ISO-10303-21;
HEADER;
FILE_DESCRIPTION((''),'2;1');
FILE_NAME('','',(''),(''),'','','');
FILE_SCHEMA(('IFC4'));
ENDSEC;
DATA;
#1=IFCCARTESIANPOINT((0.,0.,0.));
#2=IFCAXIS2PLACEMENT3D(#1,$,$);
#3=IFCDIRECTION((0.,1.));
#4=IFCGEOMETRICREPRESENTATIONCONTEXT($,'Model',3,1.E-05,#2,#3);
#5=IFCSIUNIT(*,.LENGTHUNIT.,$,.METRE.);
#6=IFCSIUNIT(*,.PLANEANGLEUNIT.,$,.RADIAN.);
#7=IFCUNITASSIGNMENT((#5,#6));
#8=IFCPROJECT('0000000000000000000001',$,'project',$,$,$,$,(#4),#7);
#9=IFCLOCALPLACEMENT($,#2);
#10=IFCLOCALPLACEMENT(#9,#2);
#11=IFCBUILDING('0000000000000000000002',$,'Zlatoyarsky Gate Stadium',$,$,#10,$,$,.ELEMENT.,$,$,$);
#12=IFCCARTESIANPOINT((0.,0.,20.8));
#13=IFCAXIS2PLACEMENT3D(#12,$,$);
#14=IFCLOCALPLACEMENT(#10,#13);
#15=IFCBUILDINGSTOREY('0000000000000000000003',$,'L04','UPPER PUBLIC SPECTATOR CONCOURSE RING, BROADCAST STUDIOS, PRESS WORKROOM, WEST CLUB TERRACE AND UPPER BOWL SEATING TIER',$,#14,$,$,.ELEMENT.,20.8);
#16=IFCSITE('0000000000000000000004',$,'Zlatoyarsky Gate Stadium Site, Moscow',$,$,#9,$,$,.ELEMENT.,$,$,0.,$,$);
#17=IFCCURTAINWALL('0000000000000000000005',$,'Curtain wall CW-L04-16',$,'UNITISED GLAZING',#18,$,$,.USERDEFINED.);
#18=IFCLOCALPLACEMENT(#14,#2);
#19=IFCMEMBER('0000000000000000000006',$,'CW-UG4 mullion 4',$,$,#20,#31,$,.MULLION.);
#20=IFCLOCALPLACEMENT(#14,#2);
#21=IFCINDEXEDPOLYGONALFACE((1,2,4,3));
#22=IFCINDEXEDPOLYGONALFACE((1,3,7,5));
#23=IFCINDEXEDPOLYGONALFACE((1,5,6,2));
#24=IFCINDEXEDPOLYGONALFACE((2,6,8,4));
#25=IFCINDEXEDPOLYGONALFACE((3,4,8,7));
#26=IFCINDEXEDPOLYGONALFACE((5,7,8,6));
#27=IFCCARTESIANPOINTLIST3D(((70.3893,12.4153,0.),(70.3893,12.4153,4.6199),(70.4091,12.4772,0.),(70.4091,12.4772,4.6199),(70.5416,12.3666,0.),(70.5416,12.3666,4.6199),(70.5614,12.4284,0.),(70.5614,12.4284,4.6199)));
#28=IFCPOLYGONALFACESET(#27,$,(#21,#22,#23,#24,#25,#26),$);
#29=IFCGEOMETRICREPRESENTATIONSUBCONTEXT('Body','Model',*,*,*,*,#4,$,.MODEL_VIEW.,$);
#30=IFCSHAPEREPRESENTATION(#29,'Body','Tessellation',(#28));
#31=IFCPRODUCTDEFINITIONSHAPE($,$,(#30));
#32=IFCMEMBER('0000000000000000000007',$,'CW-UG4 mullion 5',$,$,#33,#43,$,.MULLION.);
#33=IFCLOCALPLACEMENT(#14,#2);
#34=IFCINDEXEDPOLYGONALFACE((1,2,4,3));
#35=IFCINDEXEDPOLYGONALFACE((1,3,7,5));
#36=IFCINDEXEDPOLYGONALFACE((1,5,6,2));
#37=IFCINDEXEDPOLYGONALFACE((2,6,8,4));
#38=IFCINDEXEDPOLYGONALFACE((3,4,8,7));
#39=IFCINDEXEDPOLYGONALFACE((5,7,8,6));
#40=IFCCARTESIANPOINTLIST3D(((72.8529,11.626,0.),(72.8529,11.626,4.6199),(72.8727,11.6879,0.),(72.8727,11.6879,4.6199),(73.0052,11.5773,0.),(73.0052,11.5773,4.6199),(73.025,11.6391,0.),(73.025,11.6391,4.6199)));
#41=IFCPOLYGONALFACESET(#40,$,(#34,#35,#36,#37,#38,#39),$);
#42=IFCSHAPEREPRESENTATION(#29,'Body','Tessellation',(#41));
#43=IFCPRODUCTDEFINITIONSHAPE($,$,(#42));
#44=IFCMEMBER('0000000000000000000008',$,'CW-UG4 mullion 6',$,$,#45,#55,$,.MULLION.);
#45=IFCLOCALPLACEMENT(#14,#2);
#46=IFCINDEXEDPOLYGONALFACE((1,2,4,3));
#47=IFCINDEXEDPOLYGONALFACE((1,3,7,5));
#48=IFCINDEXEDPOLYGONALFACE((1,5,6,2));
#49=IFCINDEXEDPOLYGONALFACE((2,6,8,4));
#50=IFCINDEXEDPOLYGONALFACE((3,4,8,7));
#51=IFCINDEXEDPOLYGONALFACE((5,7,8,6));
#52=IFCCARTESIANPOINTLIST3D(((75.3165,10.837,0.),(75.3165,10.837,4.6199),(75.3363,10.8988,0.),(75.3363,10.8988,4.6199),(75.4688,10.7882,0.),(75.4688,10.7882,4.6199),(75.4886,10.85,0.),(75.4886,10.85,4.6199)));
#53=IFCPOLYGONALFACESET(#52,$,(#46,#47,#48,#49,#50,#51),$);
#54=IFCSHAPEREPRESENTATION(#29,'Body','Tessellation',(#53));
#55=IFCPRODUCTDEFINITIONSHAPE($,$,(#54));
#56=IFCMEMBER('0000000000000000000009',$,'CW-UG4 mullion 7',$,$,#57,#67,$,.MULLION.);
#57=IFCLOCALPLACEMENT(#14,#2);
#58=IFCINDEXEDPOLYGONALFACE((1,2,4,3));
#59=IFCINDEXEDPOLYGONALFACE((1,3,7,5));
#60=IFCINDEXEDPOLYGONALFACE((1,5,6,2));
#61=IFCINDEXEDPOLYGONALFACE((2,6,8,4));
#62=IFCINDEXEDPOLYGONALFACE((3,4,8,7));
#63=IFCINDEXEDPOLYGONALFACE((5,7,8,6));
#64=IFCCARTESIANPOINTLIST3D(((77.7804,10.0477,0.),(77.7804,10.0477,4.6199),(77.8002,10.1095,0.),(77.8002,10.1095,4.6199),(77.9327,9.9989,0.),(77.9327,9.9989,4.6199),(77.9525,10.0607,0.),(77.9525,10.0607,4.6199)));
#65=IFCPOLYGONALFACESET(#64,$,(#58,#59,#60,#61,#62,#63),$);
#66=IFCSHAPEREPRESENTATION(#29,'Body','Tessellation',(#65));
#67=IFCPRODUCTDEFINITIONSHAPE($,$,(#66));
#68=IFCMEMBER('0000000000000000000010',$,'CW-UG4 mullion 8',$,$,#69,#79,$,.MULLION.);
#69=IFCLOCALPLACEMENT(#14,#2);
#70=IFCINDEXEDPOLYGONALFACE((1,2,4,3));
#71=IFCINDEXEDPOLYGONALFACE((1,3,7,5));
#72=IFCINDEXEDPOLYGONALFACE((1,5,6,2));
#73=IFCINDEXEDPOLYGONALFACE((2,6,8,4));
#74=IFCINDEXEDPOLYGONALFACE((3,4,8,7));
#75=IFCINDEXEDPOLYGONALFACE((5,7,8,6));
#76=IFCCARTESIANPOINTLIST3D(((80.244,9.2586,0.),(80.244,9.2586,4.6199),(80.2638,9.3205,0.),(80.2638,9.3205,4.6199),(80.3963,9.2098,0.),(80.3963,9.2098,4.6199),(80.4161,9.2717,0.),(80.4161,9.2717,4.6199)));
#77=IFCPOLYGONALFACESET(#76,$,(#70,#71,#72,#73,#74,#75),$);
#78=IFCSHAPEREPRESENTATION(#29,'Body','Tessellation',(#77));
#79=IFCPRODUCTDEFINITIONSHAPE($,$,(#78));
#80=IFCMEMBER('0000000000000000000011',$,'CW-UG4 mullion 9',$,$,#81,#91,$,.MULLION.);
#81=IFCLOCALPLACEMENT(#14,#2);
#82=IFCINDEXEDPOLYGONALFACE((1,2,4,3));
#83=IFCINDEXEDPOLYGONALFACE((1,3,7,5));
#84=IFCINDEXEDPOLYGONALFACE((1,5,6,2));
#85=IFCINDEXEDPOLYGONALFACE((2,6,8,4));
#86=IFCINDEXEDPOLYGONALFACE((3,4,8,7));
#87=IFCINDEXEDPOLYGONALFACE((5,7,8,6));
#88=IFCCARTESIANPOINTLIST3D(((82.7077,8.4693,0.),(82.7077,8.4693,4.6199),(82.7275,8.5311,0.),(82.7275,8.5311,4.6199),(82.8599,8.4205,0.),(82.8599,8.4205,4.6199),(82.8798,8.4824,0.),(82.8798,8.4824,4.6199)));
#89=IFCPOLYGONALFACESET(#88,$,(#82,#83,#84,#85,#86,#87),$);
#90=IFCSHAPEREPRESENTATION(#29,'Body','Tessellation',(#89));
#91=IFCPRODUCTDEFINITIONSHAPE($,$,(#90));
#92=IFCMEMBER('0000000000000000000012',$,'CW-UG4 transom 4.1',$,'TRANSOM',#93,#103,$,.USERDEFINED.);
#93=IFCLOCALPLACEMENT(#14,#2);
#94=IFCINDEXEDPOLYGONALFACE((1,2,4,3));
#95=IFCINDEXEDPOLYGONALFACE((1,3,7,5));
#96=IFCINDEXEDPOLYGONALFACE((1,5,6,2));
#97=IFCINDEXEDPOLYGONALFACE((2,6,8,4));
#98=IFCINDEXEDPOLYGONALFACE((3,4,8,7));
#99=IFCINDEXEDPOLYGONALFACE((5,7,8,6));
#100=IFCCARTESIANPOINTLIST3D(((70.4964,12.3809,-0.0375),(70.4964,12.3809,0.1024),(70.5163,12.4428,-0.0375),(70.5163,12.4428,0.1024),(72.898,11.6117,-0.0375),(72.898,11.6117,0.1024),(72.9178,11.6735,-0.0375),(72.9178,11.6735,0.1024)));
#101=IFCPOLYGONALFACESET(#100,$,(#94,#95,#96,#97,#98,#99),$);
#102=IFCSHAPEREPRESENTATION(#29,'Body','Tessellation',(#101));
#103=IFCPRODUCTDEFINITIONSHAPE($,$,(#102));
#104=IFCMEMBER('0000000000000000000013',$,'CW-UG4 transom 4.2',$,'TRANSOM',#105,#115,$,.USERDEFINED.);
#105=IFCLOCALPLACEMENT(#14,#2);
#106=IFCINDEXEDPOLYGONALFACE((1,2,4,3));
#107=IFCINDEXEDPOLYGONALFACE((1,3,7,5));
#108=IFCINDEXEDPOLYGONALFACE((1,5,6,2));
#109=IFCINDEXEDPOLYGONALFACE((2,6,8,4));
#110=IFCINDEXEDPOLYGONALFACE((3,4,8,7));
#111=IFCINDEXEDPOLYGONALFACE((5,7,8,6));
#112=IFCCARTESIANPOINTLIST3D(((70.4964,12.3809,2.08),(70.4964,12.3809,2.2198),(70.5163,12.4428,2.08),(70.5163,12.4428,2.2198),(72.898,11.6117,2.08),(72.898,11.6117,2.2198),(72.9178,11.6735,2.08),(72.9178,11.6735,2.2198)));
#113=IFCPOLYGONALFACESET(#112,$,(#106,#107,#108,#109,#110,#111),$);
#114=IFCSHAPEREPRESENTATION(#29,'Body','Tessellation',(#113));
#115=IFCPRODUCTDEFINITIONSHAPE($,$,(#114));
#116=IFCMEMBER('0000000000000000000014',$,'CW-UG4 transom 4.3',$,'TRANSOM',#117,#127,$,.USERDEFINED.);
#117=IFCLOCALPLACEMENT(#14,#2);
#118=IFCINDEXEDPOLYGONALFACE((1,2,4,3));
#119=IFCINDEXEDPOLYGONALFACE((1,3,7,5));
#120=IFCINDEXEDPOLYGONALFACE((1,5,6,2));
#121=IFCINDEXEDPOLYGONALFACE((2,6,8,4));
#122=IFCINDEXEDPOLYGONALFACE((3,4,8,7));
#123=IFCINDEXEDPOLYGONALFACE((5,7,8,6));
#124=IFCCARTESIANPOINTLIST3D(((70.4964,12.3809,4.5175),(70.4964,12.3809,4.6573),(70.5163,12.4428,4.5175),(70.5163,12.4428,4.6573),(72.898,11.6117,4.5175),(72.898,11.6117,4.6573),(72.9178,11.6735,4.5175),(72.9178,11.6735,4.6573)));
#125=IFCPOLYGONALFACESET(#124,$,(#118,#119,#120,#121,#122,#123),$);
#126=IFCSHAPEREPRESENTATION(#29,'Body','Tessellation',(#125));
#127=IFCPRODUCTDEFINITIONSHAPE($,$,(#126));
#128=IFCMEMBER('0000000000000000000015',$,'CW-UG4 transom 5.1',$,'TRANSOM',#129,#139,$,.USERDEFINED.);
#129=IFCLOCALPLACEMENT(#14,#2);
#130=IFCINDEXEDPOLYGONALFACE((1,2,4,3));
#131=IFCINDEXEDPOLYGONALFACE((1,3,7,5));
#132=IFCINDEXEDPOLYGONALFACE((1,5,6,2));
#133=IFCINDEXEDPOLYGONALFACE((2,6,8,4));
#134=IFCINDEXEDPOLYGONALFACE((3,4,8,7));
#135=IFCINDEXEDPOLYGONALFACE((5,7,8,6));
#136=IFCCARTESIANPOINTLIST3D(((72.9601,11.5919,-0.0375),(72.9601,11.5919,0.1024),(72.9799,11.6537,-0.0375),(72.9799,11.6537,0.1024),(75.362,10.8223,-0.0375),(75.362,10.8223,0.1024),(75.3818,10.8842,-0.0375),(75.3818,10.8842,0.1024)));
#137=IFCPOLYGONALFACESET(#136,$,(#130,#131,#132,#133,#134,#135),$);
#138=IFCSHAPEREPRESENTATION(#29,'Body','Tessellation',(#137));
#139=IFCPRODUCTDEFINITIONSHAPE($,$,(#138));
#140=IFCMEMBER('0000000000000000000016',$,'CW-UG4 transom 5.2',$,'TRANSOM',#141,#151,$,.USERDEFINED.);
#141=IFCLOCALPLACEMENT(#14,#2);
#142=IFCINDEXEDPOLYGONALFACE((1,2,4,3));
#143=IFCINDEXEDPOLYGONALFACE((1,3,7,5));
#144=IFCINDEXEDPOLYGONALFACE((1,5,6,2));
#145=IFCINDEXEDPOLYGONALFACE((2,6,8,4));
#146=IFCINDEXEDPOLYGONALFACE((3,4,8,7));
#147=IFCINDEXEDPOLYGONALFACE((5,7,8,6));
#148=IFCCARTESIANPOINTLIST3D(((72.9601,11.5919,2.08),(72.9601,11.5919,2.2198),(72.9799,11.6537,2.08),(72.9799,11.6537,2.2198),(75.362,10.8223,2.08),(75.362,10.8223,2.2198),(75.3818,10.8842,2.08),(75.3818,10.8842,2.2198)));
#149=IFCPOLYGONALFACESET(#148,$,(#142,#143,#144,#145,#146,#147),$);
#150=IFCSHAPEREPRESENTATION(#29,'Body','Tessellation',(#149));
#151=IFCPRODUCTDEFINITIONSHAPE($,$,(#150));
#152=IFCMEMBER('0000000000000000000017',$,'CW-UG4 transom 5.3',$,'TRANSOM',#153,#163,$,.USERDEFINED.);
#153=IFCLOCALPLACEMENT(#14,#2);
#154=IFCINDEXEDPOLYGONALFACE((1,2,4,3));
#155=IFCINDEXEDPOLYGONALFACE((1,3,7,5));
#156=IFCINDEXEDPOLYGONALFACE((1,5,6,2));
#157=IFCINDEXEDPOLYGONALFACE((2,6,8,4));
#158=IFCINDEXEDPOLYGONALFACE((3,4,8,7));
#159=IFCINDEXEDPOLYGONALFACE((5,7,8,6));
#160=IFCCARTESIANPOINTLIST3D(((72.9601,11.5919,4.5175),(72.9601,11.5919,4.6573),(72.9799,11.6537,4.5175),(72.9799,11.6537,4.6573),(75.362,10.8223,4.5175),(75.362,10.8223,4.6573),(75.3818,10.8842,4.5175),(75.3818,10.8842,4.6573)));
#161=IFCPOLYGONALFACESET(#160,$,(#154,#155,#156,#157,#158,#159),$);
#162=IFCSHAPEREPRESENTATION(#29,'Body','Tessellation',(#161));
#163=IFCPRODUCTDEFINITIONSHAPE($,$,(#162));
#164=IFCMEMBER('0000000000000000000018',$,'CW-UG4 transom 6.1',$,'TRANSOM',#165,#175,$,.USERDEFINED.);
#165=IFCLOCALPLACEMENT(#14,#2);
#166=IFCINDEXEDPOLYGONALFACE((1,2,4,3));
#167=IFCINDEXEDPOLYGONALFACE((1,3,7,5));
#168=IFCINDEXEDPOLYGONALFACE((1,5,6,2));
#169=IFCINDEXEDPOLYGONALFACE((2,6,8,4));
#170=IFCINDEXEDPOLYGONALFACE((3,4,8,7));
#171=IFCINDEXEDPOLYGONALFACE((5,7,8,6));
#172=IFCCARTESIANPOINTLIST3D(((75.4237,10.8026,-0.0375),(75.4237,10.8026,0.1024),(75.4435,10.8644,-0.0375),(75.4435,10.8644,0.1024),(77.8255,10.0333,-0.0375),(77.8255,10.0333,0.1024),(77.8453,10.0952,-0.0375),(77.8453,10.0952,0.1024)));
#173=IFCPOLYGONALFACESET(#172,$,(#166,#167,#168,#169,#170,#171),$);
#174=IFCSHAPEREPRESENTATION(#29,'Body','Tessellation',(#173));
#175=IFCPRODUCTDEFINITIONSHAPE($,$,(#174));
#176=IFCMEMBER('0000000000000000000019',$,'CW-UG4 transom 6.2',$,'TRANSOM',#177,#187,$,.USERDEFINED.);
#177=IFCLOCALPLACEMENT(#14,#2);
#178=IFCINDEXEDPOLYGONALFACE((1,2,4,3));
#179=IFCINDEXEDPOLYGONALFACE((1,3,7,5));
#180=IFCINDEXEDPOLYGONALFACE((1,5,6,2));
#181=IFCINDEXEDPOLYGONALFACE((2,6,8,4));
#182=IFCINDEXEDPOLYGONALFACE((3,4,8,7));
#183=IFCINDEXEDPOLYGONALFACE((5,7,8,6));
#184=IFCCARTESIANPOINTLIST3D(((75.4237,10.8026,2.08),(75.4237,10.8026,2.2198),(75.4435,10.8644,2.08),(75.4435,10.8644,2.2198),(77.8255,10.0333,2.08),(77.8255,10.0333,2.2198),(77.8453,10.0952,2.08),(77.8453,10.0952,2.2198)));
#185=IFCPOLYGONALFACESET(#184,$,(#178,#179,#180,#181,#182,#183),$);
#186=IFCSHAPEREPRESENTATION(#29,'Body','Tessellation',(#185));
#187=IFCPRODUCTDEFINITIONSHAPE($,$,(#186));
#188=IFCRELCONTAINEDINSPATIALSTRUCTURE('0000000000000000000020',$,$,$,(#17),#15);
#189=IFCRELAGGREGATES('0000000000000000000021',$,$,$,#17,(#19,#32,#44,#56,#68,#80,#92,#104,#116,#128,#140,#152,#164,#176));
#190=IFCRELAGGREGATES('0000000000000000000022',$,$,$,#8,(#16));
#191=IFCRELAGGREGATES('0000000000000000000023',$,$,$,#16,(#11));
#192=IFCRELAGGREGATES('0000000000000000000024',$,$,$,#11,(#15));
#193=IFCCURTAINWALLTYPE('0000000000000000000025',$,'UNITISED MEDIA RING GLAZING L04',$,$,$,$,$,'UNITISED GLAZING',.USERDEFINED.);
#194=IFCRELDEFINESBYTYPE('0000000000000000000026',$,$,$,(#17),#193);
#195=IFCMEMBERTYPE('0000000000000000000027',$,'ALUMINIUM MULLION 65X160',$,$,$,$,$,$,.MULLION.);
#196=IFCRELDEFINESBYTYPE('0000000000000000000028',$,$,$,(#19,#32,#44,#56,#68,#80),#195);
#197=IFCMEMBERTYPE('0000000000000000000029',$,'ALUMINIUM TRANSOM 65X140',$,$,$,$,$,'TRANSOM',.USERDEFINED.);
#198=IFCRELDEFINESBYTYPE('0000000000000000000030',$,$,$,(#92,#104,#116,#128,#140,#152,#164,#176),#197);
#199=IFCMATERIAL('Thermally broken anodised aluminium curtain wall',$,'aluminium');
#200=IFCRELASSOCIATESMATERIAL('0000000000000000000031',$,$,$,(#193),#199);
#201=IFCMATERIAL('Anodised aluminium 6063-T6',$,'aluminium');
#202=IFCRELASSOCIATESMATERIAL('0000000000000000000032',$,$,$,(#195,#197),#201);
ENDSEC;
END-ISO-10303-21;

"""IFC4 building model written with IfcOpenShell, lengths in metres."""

from ifc_helpers import new_model, si_unit, direction, frame, origin, origin_2d, place, context, subcontext, project, spatial, rectangle, extrude, material, material_profile, profile_set, type_object, element, aggregate, save


model = new_model("IFC4")

# Units and contexts
model_context = context("Model", 3, precision=1e-05, world=origin(), true_north=direction((0.0, 1.0)))
body_context = subcontext(model_context, "Body", "Model", "MODEL_VIEW")
ifc_project = project(units=[si_unit("LENGTHUNIT", "METRE"), si_unit("PLANEANGLEUNIT", "RADIAN")], contexts=[model_context])

# Site, building, storey
site_placement = place(None, origin())
site = spatial("IfcSite", under=ifc_project, at=site_placement, Name="Zlatoyarsky Gate Stadium Site, Moscow", CompositionType="ELEMENT", RefElevation=0.0)
building_placement = place(site_placement, origin())
building = spatial("IfcBuilding", under=site, at=building_placement, Name="Zlatoyarsky Gate Stadium", CompositionType="ELEMENT")
storey_placement = place(building_placement, frame((0.0, 0.0, 20.8)))
storey = spatial("IfcBuildingStorey", under=building, at=storey_placement, Name="L04", Description="UPPER PUBLIC SPECTATOR CONCOURSE RING, BROADCAST STUDIOS, PRESS WORKROOM, WEST CLUB TERRACE AND UPPER BOWL SEATING TIER", CompositionType="ELEMENT", Elevation=20.8)

# Curtain wall, members
ifc_material_1 = material(Name="Thermally broken anodised aluminium curtain wall", Category="aluminium")
curtain_wall_type = type_object("IfcCurtainWallType", Name="UNITISED MEDIA RING GLAZING L04", ElementType="UNITISED GLAZING", PredefinedType="USERDEFINED", material=ifc_material_1)
curtain_wall_placement = place(storey_placement, origin())
curtain_wall = element("IfcCurtainWall", 1, at=curtain_wall_placement, inside=storey, type_object=curtain_wall_type, Name="Curtain wall CW-L04-16", ObjectType="UNITISED GLAZING", PredefinedType="USERDEFINED")
ifc_material_2 = material(Name="Anodised aluminium 6063-T6", Category="aluminium")
ifc_material_profile_1 = material_profile(ifc_material_2, rectangle(XDim=0.0649, YDim=0.1599, at=origin_2d()), Name="ALU 65X160")
ifc_profile_set_1 = profile_set([ifc_material_profile_1], Name="Anodised aluminium 6063-T6")
member_type_1 = type_object("IfcMemberType", Name="ALUMINIUM MULLION 65X160", PredefinedType="MULLION", material=ifc_profile_set_1)
member_1_placement = place(storey_placement, frame((70.4753, 12.4219, 0.0), z_axis=(0.0, 0.0, 1.0), x_axis=(0.305066, 0.952331, 0.0)))
member_1 = element("IfcMember", 2, at=member_1_placement, type_object=member_type_1, Name="CW-UG4 mullion 4", PredefinedType="MULLION", context=body_context, shape_type="SweptSolid", body=[
    extrude(rectangle(XDim=0.0649, YDim=0.1599, at=origin_2d()), origin(), (0.0, 0.0, 1.0), 4.6199),
])
member_2_placement = place(storey_placement, frame((72.939, 11.6326, 0.0), z_axis=(0.0, 0.0, 1.0), x_axis=(0.305066, 0.952331, 0.0)))
member_2 = element("IfcMember", 3, at=member_2_placement, type_object=member_type_1, Name="CW-UG4 mullion 5", PredefinedType="MULLION", context=body_context, shape_type="SweptSolid", body=[
    extrude(rectangle(XDim=0.0649, YDim=0.1599, at=origin_2d()), origin(), (0.0, 0.0, 1.0), 4.6199),
])
member_3_placement = place(storey_placement, frame((75.4026, 10.8435, 0.0), z_axis=(0.0, 0.0, 1.0), x_axis=(0.305066, 0.952331, 0.0)))
member_3 = element("IfcMember", 4, at=member_3_placement, type_object=member_type_1, Name="CW-UG4 mullion 6", PredefinedType="MULLION", context=body_context, shape_type="SweptSolid", body=[
    extrude(rectangle(XDim=0.0649, YDim=0.1599, at=origin_2d()), origin(), (0.0, 0.0, 1.0), 4.6199),
])
member_4_placement = place(storey_placement, frame((77.8665, 10.0542, 0.0), z_axis=(0.0, 0.0, 1.0), x_axis=(0.305066, 0.952331, 0.0)))
member_4 = element("IfcMember", 5, at=member_4_placement, type_object=member_type_1, Name="CW-UG4 mullion 7", PredefinedType="MULLION", context=body_context, shape_type="SweptSolid", body=[
    extrude(rectangle(XDim=0.0649, YDim=0.1599, at=origin_2d()), origin(), (0.0, 0.0, 1.0), 4.6199),
])
member_5_placement = place(storey_placement, frame((80.3301, 9.2651, 0.0), z_axis=(0.0, 0.0, 1.0), x_axis=(0.305066, 0.952331, 0.0)))
member_5 = element("IfcMember", 6, at=member_5_placement, type_object=member_type_1, Name="CW-UG4 mullion 8", PredefinedType="MULLION", context=body_context, shape_type="SweptSolid", body=[
    extrude(rectangle(XDim=0.0649, YDim=0.1599, at=origin_2d()), origin(), (0.0, 0.0, 1.0), 4.6199),
])
member_6_placement = place(storey_placement, frame((82.7937, 8.4758, 0.0), z_axis=(0.0, 0.0, 1.0), x_axis=(0.305066, 0.952331, 0.0)))
member_6 = element("IfcMember", 7, at=member_6_placement, type_object=member_type_1, Name="CW-UG4 mullion 9", PredefinedType="MULLION", context=body_context, shape_type="SweptSolid", body=[
    extrude(rectangle(XDim=0.0649, YDim=0.1599, at=origin_2d()), origin(), (0.0, 0.0, 1.0), 4.6199),
])
ifc_material_profile_2 = material_profile(ifc_material_2, rectangle(XDim=0.0649, YDim=0.1399, at=origin_2d()), Name="ALU 65X140")
ifc_profile_set_2 = profile_set([ifc_material_profile_2], Name="Anodised aluminium 6063-T6")
member_type_2 = type_object("IfcMemberType", Name="ALUMINIUM TRANSOM 65X140", ElementType="TRANSOM", PredefinedType="USERDEFINED", material=ifc_profile_set_2)
member_7_placement = place(storey_placement, frame((70.5063, 12.4119, 0.0325), z_axis=(0.952335, -0.305053, 0.0), x_axis=(0.305053, 0.952335, 0.0)))
member_7 = element("IfcMember", 8, at=member_7_placement, type_object=member_type_2, Name="CW-UG4 transom 4.1", ObjectType="TRANSOM", PredefinedType="USERDEFINED", context=body_context, shape_type="SweptSolid", body=[
    extrude(rectangle(XDim=0.0649, YDim=0.1399, at=origin_2d()), origin(), (0.0, 0.0, 1.0), 2.5217),
])
member_8_placement = place(storey_placement, frame((70.5063, 12.4119, 2.1499), z_axis=(0.952335, -0.305053, 0.0), x_axis=(0.305053, 0.952335, 0.0)))
member_8 = element("IfcMember", 9, at=member_8_placement, type_object=member_type_2, Name="CW-UG4 transom 4.2", ObjectType="TRANSOM", PredefinedType="USERDEFINED", context=body_context, shape_type="SweptSolid", body=[
    extrude(rectangle(XDim=0.0649, YDim=0.1399, at=origin_2d()), origin(), (0.0, 0.0, 1.0), 2.5217),
])
member_9_placement = place(storey_placement, frame((70.5063, 12.4119, 4.5874), z_axis=(0.952335, -0.305053, 0.0), x_axis=(0.305053, 0.952335, 0.0)))
member_9 = element("IfcMember", 10, at=member_9_placement, type_object=member_type_2, Name="CW-UG4 transom 4.3", ObjectType="TRANSOM", PredefinedType="USERDEFINED", context=body_context, shape_type="SweptSolid", body=[
    extrude(rectangle(XDim=0.0649, YDim=0.1399, at=origin_2d()), origin(), (0.0, 0.0, 1.0), 2.5217),
])
member_10_placement = place(storey_placement, frame((72.97, 11.6228, 0.0325), z_axis=(0.952316, -0.305113, 0.0), x_axis=(0.305113, 0.952316, 0.0)))
member_10 = element("IfcMember", 11, at=member_10_placement, type_object=member_type_2, Name="CW-UG4 transom 5.1", ObjectType="TRANSOM", PredefinedType="USERDEFINED", context=body_context, shape_type="SweptSolid", body=[
    extrude(rectangle(XDim=0.0649, YDim=0.1399, at=origin_2d()), origin(), (0.0, 0.0, 1.0), 2.5222),
])
member_11_placement = place(storey_placement, frame((72.97, 11.6228, 2.1499), z_axis=(0.952316, -0.305113, 0.0), x_axis=(0.305113, 0.952316, 0.0)))
member_11 = element("IfcMember", 12, at=member_11_placement, type_object=member_type_2, Name="CW-UG4 transom 5.2", ObjectType="TRANSOM", PredefinedType="USERDEFINED", context=body_context, shape_type="SweptSolid", body=[
    extrude(rectangle(XDim=0.0649, YDim=0.1399, at=origin_2d()), origin(), (0.0, 0.0, 1.0), 2.5222),
])
member_12_placement = place(storey_placement, frame((72.97, 11.6228, 4.5874), z_axis=(0.952316, -0.305113, 0.0), x_axis=(0.305113, 0.952316, 0.0)))
member_12 = element("IfcMember", 13, at=member_12_placement, type_object=member_type_2, Name="CW-UG4 transom 5.3", ObjectType="TRANSOM", PredefinedType="USERDEFINED", context=body_context, shape_type="SweptSolid", body=[
    extrude(rectangle(XDim=0.0649, YDim=0.1399, at=origin_2d()), origin(), (0.0, 0.0, 1.0), 2.5222),
])
member_13_placement = place(storey_placement, frame((75.4336, 10.8335, 0.0325), z_axis=(0.952344, -0.305025, 0.0), x_axis=(0.305025, 0.952344, 0.0)))
member_13 = element("IfcMember", 14, at=member_13_placement, type_object=member_type_2, Name="CW-UG4 transom 6.1", ObjectType="TRANSOM", PredefinedType="USERDEFINED", context=body_context, shape_type="SweptSolid", body=[
    extrude(rectangle(XDim=0.0649, YDim=0.1399, at=origin_2d()), origin(), (0.0, 0.0, 1.0), 2.522),
])
member_14_placement = place(storey_placement, frame((75.4336, 10.8335, 2.1499), z_axis=(0.952344, -0.305025, 0.0), x_axis=(0.305025, 0.952344, 0.0)))
member_14 = element("IfcMember", 15, at=member_14_placement, type_object=member_type_2, Name="CW-UG4 transom 6.2", ObjectType="TRANSOM", PredefinedType="USERDEFINED", context=body_context, shape_type="SweptSolid", body=[
    extrude(rectangle(XDim=0.0649, YDim=0.1399, at=origin_2d()), origin(), (0.0, 0.0, 1.0), 2.522),
])

aggregate(curtain_wall, [member_1, member_2, member_3, member_4, member_5, member_6, member_7, member_8, member_9, member_10, member_11, member_12, member_13, member_14])

save(model, "model.ifc")
